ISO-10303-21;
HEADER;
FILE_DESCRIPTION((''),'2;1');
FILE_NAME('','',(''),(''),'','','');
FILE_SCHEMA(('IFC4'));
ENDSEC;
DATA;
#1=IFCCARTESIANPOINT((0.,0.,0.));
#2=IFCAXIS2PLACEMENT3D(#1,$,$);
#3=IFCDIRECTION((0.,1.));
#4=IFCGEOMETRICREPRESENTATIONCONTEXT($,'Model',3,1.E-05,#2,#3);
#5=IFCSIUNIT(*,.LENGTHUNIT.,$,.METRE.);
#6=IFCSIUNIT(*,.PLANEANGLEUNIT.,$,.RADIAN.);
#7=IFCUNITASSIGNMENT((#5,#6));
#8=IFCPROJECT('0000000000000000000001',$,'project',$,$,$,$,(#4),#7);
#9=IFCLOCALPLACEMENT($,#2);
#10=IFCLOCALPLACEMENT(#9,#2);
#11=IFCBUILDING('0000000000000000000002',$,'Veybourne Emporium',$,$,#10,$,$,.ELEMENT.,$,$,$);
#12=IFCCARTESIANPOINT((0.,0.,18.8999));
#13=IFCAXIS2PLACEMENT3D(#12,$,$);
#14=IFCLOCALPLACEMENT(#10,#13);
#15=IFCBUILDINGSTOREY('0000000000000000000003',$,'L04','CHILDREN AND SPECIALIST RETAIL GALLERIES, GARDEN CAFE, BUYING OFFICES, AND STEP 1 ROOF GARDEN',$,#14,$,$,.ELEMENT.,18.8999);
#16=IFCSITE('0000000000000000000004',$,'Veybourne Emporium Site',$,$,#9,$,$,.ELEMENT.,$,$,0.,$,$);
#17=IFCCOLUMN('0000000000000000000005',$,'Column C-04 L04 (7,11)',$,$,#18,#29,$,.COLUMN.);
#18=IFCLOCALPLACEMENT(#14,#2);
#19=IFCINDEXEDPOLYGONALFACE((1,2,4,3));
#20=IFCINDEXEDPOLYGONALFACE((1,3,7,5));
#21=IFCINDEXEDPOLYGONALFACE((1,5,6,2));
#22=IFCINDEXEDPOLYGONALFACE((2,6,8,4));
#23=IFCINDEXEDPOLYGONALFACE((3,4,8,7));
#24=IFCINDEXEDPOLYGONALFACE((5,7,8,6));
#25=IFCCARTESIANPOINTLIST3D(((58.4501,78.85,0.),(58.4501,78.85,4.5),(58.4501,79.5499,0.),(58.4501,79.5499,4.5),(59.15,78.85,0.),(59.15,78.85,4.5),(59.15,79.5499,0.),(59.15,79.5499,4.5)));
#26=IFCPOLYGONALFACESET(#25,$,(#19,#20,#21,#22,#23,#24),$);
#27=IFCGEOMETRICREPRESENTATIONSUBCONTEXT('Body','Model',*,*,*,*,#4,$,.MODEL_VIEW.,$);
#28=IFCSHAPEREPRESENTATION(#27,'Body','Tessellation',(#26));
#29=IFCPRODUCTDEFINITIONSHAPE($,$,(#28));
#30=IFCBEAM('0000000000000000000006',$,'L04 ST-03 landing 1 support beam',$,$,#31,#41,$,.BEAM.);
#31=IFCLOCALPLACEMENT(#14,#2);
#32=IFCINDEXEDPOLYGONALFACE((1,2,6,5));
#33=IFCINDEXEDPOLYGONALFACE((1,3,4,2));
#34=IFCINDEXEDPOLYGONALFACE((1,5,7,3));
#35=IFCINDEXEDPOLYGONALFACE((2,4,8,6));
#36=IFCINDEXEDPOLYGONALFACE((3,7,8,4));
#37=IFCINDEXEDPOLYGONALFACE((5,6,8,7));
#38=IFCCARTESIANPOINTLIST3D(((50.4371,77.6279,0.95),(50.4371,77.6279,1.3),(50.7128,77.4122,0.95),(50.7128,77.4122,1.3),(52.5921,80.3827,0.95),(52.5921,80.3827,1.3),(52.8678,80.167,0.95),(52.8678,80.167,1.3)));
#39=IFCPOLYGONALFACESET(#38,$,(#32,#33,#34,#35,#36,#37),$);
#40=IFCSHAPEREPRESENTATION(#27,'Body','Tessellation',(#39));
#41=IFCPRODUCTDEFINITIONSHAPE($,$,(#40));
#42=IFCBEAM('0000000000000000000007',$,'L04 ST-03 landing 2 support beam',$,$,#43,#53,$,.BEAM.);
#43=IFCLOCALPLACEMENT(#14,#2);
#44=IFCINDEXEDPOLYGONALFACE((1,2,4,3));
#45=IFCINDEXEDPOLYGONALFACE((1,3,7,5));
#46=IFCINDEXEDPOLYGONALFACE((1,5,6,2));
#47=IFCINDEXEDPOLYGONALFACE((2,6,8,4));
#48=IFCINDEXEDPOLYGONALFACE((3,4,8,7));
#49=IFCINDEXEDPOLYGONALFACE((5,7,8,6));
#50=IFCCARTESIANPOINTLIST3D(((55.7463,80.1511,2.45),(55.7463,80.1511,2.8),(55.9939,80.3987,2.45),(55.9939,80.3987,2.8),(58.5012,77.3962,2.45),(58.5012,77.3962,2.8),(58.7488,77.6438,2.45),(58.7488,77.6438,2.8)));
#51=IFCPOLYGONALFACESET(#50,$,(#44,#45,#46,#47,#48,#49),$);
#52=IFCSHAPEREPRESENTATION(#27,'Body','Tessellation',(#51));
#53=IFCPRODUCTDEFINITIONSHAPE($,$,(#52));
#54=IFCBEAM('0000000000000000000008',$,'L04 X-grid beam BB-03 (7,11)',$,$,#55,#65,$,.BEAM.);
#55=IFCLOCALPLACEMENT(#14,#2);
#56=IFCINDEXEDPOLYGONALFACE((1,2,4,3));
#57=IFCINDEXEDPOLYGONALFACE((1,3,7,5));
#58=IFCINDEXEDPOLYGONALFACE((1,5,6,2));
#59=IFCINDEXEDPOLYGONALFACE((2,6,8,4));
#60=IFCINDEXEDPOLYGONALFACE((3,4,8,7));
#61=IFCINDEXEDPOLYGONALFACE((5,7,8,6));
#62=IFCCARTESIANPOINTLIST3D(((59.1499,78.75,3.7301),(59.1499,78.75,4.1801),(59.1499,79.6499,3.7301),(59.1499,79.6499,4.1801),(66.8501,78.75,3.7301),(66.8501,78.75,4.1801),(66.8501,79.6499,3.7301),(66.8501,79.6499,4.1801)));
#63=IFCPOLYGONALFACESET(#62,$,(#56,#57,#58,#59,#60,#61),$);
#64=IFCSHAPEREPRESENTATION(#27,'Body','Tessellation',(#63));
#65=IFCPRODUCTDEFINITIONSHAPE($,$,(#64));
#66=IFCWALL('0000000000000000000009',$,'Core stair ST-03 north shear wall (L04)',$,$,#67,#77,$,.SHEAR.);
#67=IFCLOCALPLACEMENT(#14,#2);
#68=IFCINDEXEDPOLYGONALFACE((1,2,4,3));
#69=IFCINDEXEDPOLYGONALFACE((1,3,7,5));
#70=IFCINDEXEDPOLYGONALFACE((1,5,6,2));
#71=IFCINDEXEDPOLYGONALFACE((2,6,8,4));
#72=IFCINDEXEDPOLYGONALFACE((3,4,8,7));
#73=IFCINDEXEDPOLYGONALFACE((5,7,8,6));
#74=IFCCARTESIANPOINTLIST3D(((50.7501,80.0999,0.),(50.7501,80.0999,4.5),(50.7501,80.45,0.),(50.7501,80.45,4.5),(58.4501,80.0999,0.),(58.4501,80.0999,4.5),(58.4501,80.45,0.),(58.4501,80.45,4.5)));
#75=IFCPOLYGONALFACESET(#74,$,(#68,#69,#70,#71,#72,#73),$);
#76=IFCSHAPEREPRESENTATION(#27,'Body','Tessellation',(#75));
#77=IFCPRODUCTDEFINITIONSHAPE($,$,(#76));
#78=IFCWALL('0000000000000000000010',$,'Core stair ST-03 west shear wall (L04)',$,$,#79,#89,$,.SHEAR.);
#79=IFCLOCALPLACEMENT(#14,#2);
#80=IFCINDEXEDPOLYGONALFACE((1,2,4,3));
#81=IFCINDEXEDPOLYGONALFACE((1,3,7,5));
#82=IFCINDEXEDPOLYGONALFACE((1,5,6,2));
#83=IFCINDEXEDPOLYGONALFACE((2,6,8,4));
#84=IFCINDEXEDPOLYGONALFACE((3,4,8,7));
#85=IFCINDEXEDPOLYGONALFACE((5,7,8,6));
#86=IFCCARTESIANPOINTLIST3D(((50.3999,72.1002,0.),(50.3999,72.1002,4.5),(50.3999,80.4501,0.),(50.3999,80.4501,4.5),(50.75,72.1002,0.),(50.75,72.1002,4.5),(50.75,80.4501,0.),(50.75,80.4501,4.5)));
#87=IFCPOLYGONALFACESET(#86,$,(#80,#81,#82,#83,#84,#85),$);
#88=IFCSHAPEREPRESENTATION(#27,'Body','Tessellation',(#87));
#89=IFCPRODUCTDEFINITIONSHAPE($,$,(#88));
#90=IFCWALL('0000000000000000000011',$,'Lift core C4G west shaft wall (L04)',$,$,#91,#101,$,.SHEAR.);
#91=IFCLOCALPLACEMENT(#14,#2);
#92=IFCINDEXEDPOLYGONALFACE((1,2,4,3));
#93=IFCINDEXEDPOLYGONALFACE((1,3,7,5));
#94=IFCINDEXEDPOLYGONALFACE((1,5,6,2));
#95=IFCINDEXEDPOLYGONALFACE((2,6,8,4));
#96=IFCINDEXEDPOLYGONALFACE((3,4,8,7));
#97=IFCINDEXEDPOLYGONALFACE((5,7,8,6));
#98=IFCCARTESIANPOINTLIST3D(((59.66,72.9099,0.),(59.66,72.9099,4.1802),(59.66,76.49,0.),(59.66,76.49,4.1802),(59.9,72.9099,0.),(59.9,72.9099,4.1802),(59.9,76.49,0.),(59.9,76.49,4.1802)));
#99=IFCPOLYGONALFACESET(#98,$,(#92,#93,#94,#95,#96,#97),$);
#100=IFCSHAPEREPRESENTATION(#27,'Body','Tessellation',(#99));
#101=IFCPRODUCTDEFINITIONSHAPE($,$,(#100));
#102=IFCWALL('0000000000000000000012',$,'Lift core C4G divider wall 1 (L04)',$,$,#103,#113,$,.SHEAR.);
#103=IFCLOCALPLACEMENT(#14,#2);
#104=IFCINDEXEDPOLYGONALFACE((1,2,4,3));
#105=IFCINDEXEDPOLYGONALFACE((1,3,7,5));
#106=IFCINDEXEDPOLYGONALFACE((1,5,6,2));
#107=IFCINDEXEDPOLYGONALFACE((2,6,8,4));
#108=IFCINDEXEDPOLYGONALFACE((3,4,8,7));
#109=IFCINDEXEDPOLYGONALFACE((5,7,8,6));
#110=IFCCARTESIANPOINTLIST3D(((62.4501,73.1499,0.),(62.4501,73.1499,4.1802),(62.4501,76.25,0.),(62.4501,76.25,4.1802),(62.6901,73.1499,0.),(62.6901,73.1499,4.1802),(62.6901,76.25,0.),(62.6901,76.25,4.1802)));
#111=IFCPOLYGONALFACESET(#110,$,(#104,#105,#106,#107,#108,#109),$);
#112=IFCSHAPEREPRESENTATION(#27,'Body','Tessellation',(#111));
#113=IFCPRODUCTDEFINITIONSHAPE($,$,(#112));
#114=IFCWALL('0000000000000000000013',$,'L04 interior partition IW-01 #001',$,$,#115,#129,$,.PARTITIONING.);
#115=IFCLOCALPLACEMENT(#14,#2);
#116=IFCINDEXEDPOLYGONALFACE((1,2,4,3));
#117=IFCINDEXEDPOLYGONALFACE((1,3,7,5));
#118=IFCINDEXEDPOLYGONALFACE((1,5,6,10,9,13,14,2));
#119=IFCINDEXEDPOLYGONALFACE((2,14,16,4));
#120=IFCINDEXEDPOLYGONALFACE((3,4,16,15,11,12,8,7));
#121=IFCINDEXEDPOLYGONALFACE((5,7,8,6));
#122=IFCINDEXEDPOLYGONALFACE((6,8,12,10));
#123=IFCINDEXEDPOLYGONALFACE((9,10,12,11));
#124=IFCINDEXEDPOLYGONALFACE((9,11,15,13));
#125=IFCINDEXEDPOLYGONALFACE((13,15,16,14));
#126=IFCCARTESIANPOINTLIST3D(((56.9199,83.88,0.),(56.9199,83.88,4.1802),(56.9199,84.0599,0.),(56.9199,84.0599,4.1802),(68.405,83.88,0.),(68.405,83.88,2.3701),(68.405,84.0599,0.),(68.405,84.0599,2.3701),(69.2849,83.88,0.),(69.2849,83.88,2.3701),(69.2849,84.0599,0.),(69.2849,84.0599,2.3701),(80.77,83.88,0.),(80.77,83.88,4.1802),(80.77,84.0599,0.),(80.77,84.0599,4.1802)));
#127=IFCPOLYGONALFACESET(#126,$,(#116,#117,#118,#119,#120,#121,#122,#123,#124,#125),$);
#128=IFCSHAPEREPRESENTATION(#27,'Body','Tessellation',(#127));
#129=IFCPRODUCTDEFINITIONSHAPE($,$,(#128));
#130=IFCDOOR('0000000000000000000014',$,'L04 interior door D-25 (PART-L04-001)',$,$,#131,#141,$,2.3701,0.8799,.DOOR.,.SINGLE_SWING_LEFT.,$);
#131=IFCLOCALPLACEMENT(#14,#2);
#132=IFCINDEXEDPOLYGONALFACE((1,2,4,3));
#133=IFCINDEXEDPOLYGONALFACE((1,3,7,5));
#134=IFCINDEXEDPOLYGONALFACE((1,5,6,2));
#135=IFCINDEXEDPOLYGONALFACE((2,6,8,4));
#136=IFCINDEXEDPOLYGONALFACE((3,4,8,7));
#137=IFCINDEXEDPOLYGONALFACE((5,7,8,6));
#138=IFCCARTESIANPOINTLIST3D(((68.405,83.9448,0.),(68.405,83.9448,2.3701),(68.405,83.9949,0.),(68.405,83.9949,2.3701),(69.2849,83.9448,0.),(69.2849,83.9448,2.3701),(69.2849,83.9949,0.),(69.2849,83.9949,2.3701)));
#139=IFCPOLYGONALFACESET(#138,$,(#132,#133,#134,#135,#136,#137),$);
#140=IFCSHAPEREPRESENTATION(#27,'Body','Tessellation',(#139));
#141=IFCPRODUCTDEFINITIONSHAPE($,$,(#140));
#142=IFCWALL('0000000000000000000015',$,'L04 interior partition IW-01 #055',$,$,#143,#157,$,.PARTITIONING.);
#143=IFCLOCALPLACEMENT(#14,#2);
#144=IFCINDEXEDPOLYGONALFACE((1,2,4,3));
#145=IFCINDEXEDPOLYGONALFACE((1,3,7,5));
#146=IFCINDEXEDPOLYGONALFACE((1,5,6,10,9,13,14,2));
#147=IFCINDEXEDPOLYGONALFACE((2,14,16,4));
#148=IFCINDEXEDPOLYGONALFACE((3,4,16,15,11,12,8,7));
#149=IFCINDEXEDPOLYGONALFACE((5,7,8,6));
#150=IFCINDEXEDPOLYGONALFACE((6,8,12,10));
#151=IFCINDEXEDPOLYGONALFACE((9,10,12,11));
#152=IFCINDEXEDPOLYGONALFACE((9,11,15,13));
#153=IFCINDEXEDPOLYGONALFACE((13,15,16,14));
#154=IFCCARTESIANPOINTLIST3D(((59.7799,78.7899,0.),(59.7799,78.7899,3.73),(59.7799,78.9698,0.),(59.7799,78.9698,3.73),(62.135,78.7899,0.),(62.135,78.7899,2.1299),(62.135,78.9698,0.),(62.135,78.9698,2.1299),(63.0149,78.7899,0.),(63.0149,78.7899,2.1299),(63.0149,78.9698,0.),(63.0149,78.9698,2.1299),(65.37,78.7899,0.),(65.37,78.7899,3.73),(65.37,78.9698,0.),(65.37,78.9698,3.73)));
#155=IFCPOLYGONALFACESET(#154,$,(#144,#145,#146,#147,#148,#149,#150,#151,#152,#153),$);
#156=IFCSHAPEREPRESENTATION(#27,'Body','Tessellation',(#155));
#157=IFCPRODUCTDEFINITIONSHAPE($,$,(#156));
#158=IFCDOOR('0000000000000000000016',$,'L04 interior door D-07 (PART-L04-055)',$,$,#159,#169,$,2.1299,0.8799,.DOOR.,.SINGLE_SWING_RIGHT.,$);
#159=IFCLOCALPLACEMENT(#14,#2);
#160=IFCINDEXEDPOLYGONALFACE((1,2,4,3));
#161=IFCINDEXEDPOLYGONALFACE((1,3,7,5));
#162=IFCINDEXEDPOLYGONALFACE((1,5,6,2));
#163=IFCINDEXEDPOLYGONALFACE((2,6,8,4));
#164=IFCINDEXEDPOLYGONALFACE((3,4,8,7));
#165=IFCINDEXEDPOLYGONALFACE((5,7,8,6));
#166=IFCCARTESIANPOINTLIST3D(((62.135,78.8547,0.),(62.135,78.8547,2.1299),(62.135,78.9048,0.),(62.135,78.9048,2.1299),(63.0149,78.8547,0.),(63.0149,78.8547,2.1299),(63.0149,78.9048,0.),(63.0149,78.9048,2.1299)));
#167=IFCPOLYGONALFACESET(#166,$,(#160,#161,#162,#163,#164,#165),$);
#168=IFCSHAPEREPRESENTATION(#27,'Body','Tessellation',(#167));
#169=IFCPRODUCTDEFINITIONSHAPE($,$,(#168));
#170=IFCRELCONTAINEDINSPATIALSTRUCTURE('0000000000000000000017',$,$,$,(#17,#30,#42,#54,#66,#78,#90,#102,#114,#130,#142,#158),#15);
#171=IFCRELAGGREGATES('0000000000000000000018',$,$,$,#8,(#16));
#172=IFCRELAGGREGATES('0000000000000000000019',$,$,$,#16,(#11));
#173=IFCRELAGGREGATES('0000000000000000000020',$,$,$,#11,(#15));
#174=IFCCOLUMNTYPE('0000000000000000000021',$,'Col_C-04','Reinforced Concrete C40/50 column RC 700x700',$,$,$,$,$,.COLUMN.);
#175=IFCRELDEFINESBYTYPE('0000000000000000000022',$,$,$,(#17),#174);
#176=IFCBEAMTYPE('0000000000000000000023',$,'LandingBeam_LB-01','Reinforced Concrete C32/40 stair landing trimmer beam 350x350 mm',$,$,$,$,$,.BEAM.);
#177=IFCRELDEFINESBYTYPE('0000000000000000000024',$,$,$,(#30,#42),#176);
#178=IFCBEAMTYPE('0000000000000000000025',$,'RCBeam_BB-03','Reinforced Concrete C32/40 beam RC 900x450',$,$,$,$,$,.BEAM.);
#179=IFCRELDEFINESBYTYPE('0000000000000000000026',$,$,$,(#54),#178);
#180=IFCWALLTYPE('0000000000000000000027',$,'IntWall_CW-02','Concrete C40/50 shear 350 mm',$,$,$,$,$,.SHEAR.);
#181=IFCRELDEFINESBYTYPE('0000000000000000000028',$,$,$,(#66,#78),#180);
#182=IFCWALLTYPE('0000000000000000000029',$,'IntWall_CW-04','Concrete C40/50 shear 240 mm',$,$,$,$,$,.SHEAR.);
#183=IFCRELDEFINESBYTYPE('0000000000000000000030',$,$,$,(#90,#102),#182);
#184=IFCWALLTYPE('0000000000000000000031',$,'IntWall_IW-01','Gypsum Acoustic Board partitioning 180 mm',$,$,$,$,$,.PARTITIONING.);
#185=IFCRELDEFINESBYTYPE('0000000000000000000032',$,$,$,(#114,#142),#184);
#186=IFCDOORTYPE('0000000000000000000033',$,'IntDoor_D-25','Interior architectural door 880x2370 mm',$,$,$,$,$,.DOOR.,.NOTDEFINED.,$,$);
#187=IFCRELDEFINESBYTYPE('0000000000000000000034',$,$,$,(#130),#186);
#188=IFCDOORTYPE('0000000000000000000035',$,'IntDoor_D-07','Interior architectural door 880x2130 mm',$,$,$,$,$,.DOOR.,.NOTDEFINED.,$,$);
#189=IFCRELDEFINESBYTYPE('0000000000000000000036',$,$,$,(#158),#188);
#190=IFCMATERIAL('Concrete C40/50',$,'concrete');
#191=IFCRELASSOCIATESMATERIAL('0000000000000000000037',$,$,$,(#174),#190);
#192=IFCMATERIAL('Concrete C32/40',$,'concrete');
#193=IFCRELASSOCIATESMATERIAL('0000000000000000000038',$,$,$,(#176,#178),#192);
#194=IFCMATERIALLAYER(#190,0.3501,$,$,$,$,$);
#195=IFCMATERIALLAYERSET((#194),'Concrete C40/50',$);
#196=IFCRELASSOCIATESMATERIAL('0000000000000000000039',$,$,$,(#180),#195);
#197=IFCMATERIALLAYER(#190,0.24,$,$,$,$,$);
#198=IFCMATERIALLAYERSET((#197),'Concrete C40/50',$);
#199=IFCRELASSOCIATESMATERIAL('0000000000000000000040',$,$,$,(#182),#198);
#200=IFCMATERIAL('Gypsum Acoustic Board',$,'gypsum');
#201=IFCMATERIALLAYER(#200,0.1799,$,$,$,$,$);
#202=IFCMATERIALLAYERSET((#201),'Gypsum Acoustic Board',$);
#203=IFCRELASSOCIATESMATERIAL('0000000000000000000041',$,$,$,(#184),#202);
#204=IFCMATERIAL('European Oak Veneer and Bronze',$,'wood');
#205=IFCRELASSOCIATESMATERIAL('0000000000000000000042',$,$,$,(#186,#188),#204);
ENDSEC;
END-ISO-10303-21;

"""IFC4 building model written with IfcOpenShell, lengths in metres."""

from ifc_helpers import new_model, si_unit, direction, frame, frame_2d, origin, origin_2d, place, context, subcontext, project, spatial, rectangle, extrude, material, layer, layer_set, material_profile, profile_set, type_object, element, fill, save


model = new_model("IFC4")

# Units and contexts
model_context = context("Model", 3, precision=1e-05, world=origin(), true_north=direction((0.0, 1.0)))
body_context = subcontext(model_context, "Body", "Model", "MODEL_VIEW")
ifc_project = project(units=[si_unit("LENGTHUNIT", "METRE"), si_unit("PLANEANGLEUNIT", "RADIAN")], contexts=[model_context])

# Site, building, storey
site_placement = place(None, origin())
site = spatial("IfcSite", under=ifc_project, at=site_placement, Name="Veybourne Emporium Site", CompositionType="ELEMENT", RefElevation=0.0)
building_placement = place(site_placement, origin())
building = spatial("IfcBuilding", under=site, at=building_placement, Name="Veybourne Emporium", CompositionType="ELEMENT")
storey_placement = place(building_placement, frame((0.0, 0.0, 18.8999)))
storey = spatial("IfcBuildingStorey", under=building, at=storey_placement, Name="L04", Description="CHILDREN AND SPECIALIST RETAIL GALLERIES, GARDEN CAFE, BUYING OFFICES, AND STEP 1 ROOF GARDEN", CompositionType="ELEMENT", Elevation=18.8999)

# Column
ifc_material_1 = material(Name="Concrete C40/50", Category="concrete")
ifc_material_profile_1 = material_profile(ifc_material_1, rectangle(XDim=0.7, YDim=0.7, at=origin_2d()), Name="RC 700x700")
ifc_profile_set_1 = profile_set([ifc_material_profile_1], Name="Concrete C40/50")
column_type = type_object("IfcColumnType", Name="Col_C-04", Description="Reinforced Concrete C40/50 column RC 700x700", PredefinedType="COLUMN", material=ifc_profile_set_1)
column_placement = place(storey_placement, frame((58.8, 79.2, 0.0), z_axis=(0.0, 0.0, 1.0), x_axis=(1.0, 0.0, 0.0)))
element("IfcColumn", 1, at=column_placement, inside=storey, type_object=column_type, Name="Column C-04 L04 (7,11)", PredefinedType="COLUMN", context=body_context, shape_type="SweptSolid", body=[
    extrude(rectangle(XDim=0.7, YDim=0.7, at=origin_2d()), origin(), (0.0, 0.0, 1.0), 4.5),
])

# Beams
ifc_material_2 = material(Name="Concrete C32/40", Category="concrete")
ifc_material_profile_2 = material_profile(ifc_material_2, rectangle(XDim=0.3501, YDim=0.3501, at=origin_2d()), Name="RC 350x350")
ifc_profile_set_2 = profile_set([ifc_material_profile_2], Name="Concrete C32/40")
beam_type_1 = type_object("IfcBeamType", Name="LandingBeam_LB-01", Description="Reinforced Concrete C32/40 stair landing trimmer beam 350x350 mm", PredefinedType="BEAM", material=ifc_profile_set_2)
beam_1_placement = place(storey_placement, frame((50.575, 77.52, 1.125), z_axis=(0.616137, 0.787639, 0.0), x_axis=(-0.787639, 0.616137, 0.0)))
element("IfcBeam", 2, at=beam_1_placement, inside=storey, type_object=beam_type_1, Name="L04 ST-03 landing 1 support beam", PredefinedType="BEAM", context=body_context, shape_type="SweptSolid", body=[
    extrude(rectangle(XDim=0.3501, YDim=0.3501, at=origin_2d()), origin(), (0.0, 0.0, 1.0), 3.4976),
])
beam_2_placement = place(storey_placement, frame((55.8701, 80.2749, 2.625), z_axis=(0.707107, -0.707107, 0.0), x_axis=(0.707107, 0.707107, 0.0)))
element("IfcBeam", 3, at=beam_2_placement, inside=storey, type_object=beam_type_1, Name="L04 ST-03 landing 2 support beam", PredefinedType="BEAM", context=body_context, shape_type="SweptSolid", body=[
    extrude(rectangle(XDim=0.3501, YDim=0.3501, at=origin_2d()), origin(), (0.0, 0.0, 1.0), 3.896),
])
ifc_material_profile_3 = material_profile(ifc_material_2, rectangle(XDim=0.8999, YDim=0.45, at=origin_2d()), Name="RC 900x450")
ifc_profile_set_3 = profile_set([ifc_material_profile_3], Name="Concrete C32/40")
beam_type_2 = type_object("IfcBeamType", Name="RCBeam_BB-03", Description="Reinforced Concrete C32/40 beam RC 900x450", PredefinedType="BEAM", material=ifc_profile_set_3)
beam_3_placement = place(storey_placement, frame((59.1499, 79.2, 3.9551), z_axis=(1.0, 0.0, 0.0), x_axis=(0.0, 1.0, 0.0)))
element("IfcBeam", 4, at=beam_3_placement, inside=storey, type_object=beam_type_2, Name="L04 X-grid beam BB-03 (7,11)", PredefinedType="BEAM", context=body_context, shape_type="SweptSolid", body=[
    extrude(rectangle(XDim=0.8999, YDim=0.45, at=origin_2d()), origin(), (0.0, 0.0, 1.0), 7.7002),
])

# Walls
ifc_layer_1 = layer(ifc_material_1, 0.3501)
ifc_layer_set_1 = layer_set([ifc_layer_1], Name="Concrete C40/50")
wall_type_1 = type_object("IfcWallType", Name="IntWall_CW-02", Description="Concrete C40/50 shear 350 mm", PredefinedType="SHEAR", material=ifc_layer_set_1)
wall_1_placement = place(storey_placement, frame((50.75, 80.2749, 0.0), z_axis=(0.0, 0.0, 1.0), x_axis=(1.0, 0.0, 0.0)))
element("IfcWall", 5, at=wall_1_placement, inside=storey, type_object=wall_type_1, Name="Core stair ST-03 north shear wall (L04)", PredefinedType="SHEAR", context=body_context, shape_type="SweptSolid", body=[
    extrude(rectangle(XDim=7.7, YDim=0.3501, at=frame_2d((3.8501, 0.0))), origin(), (0.0, 0.0, 1.0), 4.5),
])
wall_2_placement = place(storey_placement, frame((50.575, 80.45, 0.0), z_axis=(0.0, 0.0, 1.0), x_axis=(0.0, -1.0, 0.0)))
element("IfcWall", 6, at=wall_2_placement, inside=storey, type_object=wall_type_1, Name="Core stair ST-03 west shear wall (L04)", PredefinedType="SHEAR", context=body_context, shape_type="SweptSolid", body=[
    extrude(rectangle(XDim=8.3499, YDim=0.3501, at=frame_2d((4.1748, 0.0))), origin(), (0.0, 0.0, 1.0), 4.5),
])
ifc_layer_2 = layer(ifc_material_1, 0.24)
ifc_layer_set_2 = layer_set([ifc_layer_2], Name="Concrete C40/50")
wall_type_2 = type_object("IfcWallType", Name="IntWall_CW-04", Description="Concrete C40/50 shear 240 mm", PredefinedType="SHEAR", material=ifc_layer_set_2)
wall_3_placement = place(storey_placement, frame((59.78, 76.49, 0.0), z_axis=(0.0, 0.0, 1.0), x_axis=(0.0, -1.0, 0.0)))
element("IfcWall", 7, at=wall_3_placement, inside=storey, type_object=wall_type_2, Name="Lift core C4G west shaft wall (L04)", PredefinedType="SHEAR", context=body_context, shape_type="SweptSolid", body=[
    extrude(rectangle(XDim=3.5801, YDim=0.24, at=frame_2d((1.79, 0.0))), origin(), (0.0, 0.0, 1.0), 4.1802),
])
wall_4_placement = place(storey_placement, frame((62.5701, 73.1499, 0.0), z_axis=(0.0, 0.0, 1.0), x_axis=(0.0, 1.0, 0.0)))
element("IfcWall", 8, at=wall_4_placement, inside=storey, type_object=wall_type_2, Name="Lift core C4G divider wall 1 (L04)", PredefinedType="SHEAR", context=body_context, shape_type="SweptSolid", body=[
    extrude(rectangle(XDim=3.1001, YDim=0.24, at=frame_2d((1.55, 0.0))), origin(), (0.0, 0.0, 1.0), 4.1802),
])

# Walls, openings, doors
ifc_material_3 = material(Name="Gypsum Acoustic Board", Category="gypsum")
ifc_layer_3 = layer(ifc_material_3, 0.1799)
ifc_layer_set_3 = layer_set([ifc_layer_3], Name="Gypsum Acoustic Board")
wall_type_3 = type_object("IfcWallType", Name="IntWall_IW-01", Description="Gypsum Acoustic Board partitioning 180 mm", PredefinedType="PARTITIONING", material=ifc_layer_set_3)
wall_5_placement = place(storey_placement, frame((56.9199, 83.97, 0.0), z_axis=(0.0, 0.0, 1.0), x_axis=(1.0, 0.0, 0.0)))
wall_5 = element("IfcWall", 9, at=wall_5_placement, inside=storey, type_object=wall_type_3, Name="L04 interior partition IW-01 #001", PredefinedType="PARTITIONING", context=body_context, shape_type="SweptSolid", body=[
    extrude(rectangle(XDim=23.8501, YDim=0.1799, at=frame_2d((11.925, 0.0))), origin(), (0.0, 0.0, 1.0), 4.1802),
])
opening_1_placement = place(wall_5_placement, frame((11.4851, 0.0, 0.0)))
opening_1 = element("IfcOpeningElement", 10, at=opening_1_placement, cuts=wall_5, PredefinedType="OPENING", context=body_context, shape_type="SweptSolid", body=[
    extrude(rectangle(XDim=0.8799, YDim=2.3701, at=frame_2d((0.4399, 1.1851))), frame((0.0, 0.1099, 0.0), z_axis=(0.0, -1.0, 0.0), x_axis=(1.0, 0.0, 0.0)), (0.0, 0.0, 1.0), 0.22),
])
ifc_material_4 = material(Name="European Oak Veneer and Bronze", Category="wood")
door_type_1 = type_object("IfcDoorType", Name="IntDoor_D-25", Description="Interior architectural door 880x2370 mm", OperationType="NOTDEFINED", PredefinedType="DOOR", material=ifc_material_4)
door_1_placement = place(opening_1_placement, origin())
door_1 = element("IfcDoor", 11, at=door_1_placement, inside=storey, type_object=door_type_1, Name="L04 interior door D-25 (PART-L04-001)", OperationType="SINGLE_SWING_LEFT", OverallHeight=2.3701, OverallWidth=0.8799, PredefinedType="DOOR", context=body_context, shape_type="SweptSolid", body=[
    extrude(rectangle(XDim=0.8799, YDim=2.3701, at=frame_2d((0.4399, 1.1851))), frame((0.0, 0.0249, 0.0), z_axis=(0.0, -1.0, 0.0), x_axis=(1.0, 0.0, 0.0)), (0.0, 0.0, 1.0), 0.05),
])
fill(opening_1, door_1)
wall_6_placement = place(storey_placement, frame((59.78, 78.8799, 0.0), z_axis=(0.0, 0.0, 1.0), x_axis=(1.0, 0.0, 0.0)))
wall_6 = element("IfcWall", 12, at=wall_6_placement, inside=storey, type_object=wall_type_3, Name="L04 interior partition IW-01 #055", PredefinedType="PARTITIONING", context=body_context, shape_type="SweptSolid", body=[
    extrude(rectangle(XDim=5.5901, YDim=0.1799, at=frame_2d((2.7949, 0.0))), origin(), (0.0, 0.0, 1.0), 3.73),
])
opening_2_placement = place(wall_6_placement, frame((2.355, 0.0, 0.0)))
opening_2 = element("IfcOpeningElement", 13, at=opening_2_placement, cuts=wall_6, PredefinedType="OPENING", context=body_context, shape_type="SweptSolid", body=[
    extrude(rectangle(XDim=0.8799, YDim=2.1299, at=frame_2d((0.4399, 1.0649))), frame((0.0, 0.1099, 0.0), z_axis=(0.0, -1.0, 0.0), x_axis=(1.0, 0.0, 0.0)), (0.0, 0.0, 1.0), 0.22),
])
door_type_2 = type_object("IfcDoorType", Name="IntDoor_D-07", Description="Interior architectural door 880x2130 mm", OperationType="NOTDEFINED", PredefinedType="DOOR", material=ifc_material_4)
door_2_placement = place(opening_2_placement, origin())
door_2 = element("IfcDoor", 14, at=door_2_placement, inside=storey, type_object=door_type_2, Name="L04 interior door D-07 (PART-L04-055)", OperationType="SINGLE_SWING_RIGHT", OverallHeight=2.1299, OverallWidth=0.8799, PredefinedType="DOOR", context=body_context, shape_type="SweptSolid", body=[
    extrude(rectangle(XDim=0.8799, YDim=2.1299, at=frame_2d((0.4399, 1.0649))), frame((0.0, 0.0249, 0.0), z_axis=(0.0, -1.0, 0.0), x_axis=(1.0, 0.0, 0.0)), (0.0, 0.0, 1.0), 0.05),
])
fill(opening_2, door_2)

save(model, "model.ifc")
